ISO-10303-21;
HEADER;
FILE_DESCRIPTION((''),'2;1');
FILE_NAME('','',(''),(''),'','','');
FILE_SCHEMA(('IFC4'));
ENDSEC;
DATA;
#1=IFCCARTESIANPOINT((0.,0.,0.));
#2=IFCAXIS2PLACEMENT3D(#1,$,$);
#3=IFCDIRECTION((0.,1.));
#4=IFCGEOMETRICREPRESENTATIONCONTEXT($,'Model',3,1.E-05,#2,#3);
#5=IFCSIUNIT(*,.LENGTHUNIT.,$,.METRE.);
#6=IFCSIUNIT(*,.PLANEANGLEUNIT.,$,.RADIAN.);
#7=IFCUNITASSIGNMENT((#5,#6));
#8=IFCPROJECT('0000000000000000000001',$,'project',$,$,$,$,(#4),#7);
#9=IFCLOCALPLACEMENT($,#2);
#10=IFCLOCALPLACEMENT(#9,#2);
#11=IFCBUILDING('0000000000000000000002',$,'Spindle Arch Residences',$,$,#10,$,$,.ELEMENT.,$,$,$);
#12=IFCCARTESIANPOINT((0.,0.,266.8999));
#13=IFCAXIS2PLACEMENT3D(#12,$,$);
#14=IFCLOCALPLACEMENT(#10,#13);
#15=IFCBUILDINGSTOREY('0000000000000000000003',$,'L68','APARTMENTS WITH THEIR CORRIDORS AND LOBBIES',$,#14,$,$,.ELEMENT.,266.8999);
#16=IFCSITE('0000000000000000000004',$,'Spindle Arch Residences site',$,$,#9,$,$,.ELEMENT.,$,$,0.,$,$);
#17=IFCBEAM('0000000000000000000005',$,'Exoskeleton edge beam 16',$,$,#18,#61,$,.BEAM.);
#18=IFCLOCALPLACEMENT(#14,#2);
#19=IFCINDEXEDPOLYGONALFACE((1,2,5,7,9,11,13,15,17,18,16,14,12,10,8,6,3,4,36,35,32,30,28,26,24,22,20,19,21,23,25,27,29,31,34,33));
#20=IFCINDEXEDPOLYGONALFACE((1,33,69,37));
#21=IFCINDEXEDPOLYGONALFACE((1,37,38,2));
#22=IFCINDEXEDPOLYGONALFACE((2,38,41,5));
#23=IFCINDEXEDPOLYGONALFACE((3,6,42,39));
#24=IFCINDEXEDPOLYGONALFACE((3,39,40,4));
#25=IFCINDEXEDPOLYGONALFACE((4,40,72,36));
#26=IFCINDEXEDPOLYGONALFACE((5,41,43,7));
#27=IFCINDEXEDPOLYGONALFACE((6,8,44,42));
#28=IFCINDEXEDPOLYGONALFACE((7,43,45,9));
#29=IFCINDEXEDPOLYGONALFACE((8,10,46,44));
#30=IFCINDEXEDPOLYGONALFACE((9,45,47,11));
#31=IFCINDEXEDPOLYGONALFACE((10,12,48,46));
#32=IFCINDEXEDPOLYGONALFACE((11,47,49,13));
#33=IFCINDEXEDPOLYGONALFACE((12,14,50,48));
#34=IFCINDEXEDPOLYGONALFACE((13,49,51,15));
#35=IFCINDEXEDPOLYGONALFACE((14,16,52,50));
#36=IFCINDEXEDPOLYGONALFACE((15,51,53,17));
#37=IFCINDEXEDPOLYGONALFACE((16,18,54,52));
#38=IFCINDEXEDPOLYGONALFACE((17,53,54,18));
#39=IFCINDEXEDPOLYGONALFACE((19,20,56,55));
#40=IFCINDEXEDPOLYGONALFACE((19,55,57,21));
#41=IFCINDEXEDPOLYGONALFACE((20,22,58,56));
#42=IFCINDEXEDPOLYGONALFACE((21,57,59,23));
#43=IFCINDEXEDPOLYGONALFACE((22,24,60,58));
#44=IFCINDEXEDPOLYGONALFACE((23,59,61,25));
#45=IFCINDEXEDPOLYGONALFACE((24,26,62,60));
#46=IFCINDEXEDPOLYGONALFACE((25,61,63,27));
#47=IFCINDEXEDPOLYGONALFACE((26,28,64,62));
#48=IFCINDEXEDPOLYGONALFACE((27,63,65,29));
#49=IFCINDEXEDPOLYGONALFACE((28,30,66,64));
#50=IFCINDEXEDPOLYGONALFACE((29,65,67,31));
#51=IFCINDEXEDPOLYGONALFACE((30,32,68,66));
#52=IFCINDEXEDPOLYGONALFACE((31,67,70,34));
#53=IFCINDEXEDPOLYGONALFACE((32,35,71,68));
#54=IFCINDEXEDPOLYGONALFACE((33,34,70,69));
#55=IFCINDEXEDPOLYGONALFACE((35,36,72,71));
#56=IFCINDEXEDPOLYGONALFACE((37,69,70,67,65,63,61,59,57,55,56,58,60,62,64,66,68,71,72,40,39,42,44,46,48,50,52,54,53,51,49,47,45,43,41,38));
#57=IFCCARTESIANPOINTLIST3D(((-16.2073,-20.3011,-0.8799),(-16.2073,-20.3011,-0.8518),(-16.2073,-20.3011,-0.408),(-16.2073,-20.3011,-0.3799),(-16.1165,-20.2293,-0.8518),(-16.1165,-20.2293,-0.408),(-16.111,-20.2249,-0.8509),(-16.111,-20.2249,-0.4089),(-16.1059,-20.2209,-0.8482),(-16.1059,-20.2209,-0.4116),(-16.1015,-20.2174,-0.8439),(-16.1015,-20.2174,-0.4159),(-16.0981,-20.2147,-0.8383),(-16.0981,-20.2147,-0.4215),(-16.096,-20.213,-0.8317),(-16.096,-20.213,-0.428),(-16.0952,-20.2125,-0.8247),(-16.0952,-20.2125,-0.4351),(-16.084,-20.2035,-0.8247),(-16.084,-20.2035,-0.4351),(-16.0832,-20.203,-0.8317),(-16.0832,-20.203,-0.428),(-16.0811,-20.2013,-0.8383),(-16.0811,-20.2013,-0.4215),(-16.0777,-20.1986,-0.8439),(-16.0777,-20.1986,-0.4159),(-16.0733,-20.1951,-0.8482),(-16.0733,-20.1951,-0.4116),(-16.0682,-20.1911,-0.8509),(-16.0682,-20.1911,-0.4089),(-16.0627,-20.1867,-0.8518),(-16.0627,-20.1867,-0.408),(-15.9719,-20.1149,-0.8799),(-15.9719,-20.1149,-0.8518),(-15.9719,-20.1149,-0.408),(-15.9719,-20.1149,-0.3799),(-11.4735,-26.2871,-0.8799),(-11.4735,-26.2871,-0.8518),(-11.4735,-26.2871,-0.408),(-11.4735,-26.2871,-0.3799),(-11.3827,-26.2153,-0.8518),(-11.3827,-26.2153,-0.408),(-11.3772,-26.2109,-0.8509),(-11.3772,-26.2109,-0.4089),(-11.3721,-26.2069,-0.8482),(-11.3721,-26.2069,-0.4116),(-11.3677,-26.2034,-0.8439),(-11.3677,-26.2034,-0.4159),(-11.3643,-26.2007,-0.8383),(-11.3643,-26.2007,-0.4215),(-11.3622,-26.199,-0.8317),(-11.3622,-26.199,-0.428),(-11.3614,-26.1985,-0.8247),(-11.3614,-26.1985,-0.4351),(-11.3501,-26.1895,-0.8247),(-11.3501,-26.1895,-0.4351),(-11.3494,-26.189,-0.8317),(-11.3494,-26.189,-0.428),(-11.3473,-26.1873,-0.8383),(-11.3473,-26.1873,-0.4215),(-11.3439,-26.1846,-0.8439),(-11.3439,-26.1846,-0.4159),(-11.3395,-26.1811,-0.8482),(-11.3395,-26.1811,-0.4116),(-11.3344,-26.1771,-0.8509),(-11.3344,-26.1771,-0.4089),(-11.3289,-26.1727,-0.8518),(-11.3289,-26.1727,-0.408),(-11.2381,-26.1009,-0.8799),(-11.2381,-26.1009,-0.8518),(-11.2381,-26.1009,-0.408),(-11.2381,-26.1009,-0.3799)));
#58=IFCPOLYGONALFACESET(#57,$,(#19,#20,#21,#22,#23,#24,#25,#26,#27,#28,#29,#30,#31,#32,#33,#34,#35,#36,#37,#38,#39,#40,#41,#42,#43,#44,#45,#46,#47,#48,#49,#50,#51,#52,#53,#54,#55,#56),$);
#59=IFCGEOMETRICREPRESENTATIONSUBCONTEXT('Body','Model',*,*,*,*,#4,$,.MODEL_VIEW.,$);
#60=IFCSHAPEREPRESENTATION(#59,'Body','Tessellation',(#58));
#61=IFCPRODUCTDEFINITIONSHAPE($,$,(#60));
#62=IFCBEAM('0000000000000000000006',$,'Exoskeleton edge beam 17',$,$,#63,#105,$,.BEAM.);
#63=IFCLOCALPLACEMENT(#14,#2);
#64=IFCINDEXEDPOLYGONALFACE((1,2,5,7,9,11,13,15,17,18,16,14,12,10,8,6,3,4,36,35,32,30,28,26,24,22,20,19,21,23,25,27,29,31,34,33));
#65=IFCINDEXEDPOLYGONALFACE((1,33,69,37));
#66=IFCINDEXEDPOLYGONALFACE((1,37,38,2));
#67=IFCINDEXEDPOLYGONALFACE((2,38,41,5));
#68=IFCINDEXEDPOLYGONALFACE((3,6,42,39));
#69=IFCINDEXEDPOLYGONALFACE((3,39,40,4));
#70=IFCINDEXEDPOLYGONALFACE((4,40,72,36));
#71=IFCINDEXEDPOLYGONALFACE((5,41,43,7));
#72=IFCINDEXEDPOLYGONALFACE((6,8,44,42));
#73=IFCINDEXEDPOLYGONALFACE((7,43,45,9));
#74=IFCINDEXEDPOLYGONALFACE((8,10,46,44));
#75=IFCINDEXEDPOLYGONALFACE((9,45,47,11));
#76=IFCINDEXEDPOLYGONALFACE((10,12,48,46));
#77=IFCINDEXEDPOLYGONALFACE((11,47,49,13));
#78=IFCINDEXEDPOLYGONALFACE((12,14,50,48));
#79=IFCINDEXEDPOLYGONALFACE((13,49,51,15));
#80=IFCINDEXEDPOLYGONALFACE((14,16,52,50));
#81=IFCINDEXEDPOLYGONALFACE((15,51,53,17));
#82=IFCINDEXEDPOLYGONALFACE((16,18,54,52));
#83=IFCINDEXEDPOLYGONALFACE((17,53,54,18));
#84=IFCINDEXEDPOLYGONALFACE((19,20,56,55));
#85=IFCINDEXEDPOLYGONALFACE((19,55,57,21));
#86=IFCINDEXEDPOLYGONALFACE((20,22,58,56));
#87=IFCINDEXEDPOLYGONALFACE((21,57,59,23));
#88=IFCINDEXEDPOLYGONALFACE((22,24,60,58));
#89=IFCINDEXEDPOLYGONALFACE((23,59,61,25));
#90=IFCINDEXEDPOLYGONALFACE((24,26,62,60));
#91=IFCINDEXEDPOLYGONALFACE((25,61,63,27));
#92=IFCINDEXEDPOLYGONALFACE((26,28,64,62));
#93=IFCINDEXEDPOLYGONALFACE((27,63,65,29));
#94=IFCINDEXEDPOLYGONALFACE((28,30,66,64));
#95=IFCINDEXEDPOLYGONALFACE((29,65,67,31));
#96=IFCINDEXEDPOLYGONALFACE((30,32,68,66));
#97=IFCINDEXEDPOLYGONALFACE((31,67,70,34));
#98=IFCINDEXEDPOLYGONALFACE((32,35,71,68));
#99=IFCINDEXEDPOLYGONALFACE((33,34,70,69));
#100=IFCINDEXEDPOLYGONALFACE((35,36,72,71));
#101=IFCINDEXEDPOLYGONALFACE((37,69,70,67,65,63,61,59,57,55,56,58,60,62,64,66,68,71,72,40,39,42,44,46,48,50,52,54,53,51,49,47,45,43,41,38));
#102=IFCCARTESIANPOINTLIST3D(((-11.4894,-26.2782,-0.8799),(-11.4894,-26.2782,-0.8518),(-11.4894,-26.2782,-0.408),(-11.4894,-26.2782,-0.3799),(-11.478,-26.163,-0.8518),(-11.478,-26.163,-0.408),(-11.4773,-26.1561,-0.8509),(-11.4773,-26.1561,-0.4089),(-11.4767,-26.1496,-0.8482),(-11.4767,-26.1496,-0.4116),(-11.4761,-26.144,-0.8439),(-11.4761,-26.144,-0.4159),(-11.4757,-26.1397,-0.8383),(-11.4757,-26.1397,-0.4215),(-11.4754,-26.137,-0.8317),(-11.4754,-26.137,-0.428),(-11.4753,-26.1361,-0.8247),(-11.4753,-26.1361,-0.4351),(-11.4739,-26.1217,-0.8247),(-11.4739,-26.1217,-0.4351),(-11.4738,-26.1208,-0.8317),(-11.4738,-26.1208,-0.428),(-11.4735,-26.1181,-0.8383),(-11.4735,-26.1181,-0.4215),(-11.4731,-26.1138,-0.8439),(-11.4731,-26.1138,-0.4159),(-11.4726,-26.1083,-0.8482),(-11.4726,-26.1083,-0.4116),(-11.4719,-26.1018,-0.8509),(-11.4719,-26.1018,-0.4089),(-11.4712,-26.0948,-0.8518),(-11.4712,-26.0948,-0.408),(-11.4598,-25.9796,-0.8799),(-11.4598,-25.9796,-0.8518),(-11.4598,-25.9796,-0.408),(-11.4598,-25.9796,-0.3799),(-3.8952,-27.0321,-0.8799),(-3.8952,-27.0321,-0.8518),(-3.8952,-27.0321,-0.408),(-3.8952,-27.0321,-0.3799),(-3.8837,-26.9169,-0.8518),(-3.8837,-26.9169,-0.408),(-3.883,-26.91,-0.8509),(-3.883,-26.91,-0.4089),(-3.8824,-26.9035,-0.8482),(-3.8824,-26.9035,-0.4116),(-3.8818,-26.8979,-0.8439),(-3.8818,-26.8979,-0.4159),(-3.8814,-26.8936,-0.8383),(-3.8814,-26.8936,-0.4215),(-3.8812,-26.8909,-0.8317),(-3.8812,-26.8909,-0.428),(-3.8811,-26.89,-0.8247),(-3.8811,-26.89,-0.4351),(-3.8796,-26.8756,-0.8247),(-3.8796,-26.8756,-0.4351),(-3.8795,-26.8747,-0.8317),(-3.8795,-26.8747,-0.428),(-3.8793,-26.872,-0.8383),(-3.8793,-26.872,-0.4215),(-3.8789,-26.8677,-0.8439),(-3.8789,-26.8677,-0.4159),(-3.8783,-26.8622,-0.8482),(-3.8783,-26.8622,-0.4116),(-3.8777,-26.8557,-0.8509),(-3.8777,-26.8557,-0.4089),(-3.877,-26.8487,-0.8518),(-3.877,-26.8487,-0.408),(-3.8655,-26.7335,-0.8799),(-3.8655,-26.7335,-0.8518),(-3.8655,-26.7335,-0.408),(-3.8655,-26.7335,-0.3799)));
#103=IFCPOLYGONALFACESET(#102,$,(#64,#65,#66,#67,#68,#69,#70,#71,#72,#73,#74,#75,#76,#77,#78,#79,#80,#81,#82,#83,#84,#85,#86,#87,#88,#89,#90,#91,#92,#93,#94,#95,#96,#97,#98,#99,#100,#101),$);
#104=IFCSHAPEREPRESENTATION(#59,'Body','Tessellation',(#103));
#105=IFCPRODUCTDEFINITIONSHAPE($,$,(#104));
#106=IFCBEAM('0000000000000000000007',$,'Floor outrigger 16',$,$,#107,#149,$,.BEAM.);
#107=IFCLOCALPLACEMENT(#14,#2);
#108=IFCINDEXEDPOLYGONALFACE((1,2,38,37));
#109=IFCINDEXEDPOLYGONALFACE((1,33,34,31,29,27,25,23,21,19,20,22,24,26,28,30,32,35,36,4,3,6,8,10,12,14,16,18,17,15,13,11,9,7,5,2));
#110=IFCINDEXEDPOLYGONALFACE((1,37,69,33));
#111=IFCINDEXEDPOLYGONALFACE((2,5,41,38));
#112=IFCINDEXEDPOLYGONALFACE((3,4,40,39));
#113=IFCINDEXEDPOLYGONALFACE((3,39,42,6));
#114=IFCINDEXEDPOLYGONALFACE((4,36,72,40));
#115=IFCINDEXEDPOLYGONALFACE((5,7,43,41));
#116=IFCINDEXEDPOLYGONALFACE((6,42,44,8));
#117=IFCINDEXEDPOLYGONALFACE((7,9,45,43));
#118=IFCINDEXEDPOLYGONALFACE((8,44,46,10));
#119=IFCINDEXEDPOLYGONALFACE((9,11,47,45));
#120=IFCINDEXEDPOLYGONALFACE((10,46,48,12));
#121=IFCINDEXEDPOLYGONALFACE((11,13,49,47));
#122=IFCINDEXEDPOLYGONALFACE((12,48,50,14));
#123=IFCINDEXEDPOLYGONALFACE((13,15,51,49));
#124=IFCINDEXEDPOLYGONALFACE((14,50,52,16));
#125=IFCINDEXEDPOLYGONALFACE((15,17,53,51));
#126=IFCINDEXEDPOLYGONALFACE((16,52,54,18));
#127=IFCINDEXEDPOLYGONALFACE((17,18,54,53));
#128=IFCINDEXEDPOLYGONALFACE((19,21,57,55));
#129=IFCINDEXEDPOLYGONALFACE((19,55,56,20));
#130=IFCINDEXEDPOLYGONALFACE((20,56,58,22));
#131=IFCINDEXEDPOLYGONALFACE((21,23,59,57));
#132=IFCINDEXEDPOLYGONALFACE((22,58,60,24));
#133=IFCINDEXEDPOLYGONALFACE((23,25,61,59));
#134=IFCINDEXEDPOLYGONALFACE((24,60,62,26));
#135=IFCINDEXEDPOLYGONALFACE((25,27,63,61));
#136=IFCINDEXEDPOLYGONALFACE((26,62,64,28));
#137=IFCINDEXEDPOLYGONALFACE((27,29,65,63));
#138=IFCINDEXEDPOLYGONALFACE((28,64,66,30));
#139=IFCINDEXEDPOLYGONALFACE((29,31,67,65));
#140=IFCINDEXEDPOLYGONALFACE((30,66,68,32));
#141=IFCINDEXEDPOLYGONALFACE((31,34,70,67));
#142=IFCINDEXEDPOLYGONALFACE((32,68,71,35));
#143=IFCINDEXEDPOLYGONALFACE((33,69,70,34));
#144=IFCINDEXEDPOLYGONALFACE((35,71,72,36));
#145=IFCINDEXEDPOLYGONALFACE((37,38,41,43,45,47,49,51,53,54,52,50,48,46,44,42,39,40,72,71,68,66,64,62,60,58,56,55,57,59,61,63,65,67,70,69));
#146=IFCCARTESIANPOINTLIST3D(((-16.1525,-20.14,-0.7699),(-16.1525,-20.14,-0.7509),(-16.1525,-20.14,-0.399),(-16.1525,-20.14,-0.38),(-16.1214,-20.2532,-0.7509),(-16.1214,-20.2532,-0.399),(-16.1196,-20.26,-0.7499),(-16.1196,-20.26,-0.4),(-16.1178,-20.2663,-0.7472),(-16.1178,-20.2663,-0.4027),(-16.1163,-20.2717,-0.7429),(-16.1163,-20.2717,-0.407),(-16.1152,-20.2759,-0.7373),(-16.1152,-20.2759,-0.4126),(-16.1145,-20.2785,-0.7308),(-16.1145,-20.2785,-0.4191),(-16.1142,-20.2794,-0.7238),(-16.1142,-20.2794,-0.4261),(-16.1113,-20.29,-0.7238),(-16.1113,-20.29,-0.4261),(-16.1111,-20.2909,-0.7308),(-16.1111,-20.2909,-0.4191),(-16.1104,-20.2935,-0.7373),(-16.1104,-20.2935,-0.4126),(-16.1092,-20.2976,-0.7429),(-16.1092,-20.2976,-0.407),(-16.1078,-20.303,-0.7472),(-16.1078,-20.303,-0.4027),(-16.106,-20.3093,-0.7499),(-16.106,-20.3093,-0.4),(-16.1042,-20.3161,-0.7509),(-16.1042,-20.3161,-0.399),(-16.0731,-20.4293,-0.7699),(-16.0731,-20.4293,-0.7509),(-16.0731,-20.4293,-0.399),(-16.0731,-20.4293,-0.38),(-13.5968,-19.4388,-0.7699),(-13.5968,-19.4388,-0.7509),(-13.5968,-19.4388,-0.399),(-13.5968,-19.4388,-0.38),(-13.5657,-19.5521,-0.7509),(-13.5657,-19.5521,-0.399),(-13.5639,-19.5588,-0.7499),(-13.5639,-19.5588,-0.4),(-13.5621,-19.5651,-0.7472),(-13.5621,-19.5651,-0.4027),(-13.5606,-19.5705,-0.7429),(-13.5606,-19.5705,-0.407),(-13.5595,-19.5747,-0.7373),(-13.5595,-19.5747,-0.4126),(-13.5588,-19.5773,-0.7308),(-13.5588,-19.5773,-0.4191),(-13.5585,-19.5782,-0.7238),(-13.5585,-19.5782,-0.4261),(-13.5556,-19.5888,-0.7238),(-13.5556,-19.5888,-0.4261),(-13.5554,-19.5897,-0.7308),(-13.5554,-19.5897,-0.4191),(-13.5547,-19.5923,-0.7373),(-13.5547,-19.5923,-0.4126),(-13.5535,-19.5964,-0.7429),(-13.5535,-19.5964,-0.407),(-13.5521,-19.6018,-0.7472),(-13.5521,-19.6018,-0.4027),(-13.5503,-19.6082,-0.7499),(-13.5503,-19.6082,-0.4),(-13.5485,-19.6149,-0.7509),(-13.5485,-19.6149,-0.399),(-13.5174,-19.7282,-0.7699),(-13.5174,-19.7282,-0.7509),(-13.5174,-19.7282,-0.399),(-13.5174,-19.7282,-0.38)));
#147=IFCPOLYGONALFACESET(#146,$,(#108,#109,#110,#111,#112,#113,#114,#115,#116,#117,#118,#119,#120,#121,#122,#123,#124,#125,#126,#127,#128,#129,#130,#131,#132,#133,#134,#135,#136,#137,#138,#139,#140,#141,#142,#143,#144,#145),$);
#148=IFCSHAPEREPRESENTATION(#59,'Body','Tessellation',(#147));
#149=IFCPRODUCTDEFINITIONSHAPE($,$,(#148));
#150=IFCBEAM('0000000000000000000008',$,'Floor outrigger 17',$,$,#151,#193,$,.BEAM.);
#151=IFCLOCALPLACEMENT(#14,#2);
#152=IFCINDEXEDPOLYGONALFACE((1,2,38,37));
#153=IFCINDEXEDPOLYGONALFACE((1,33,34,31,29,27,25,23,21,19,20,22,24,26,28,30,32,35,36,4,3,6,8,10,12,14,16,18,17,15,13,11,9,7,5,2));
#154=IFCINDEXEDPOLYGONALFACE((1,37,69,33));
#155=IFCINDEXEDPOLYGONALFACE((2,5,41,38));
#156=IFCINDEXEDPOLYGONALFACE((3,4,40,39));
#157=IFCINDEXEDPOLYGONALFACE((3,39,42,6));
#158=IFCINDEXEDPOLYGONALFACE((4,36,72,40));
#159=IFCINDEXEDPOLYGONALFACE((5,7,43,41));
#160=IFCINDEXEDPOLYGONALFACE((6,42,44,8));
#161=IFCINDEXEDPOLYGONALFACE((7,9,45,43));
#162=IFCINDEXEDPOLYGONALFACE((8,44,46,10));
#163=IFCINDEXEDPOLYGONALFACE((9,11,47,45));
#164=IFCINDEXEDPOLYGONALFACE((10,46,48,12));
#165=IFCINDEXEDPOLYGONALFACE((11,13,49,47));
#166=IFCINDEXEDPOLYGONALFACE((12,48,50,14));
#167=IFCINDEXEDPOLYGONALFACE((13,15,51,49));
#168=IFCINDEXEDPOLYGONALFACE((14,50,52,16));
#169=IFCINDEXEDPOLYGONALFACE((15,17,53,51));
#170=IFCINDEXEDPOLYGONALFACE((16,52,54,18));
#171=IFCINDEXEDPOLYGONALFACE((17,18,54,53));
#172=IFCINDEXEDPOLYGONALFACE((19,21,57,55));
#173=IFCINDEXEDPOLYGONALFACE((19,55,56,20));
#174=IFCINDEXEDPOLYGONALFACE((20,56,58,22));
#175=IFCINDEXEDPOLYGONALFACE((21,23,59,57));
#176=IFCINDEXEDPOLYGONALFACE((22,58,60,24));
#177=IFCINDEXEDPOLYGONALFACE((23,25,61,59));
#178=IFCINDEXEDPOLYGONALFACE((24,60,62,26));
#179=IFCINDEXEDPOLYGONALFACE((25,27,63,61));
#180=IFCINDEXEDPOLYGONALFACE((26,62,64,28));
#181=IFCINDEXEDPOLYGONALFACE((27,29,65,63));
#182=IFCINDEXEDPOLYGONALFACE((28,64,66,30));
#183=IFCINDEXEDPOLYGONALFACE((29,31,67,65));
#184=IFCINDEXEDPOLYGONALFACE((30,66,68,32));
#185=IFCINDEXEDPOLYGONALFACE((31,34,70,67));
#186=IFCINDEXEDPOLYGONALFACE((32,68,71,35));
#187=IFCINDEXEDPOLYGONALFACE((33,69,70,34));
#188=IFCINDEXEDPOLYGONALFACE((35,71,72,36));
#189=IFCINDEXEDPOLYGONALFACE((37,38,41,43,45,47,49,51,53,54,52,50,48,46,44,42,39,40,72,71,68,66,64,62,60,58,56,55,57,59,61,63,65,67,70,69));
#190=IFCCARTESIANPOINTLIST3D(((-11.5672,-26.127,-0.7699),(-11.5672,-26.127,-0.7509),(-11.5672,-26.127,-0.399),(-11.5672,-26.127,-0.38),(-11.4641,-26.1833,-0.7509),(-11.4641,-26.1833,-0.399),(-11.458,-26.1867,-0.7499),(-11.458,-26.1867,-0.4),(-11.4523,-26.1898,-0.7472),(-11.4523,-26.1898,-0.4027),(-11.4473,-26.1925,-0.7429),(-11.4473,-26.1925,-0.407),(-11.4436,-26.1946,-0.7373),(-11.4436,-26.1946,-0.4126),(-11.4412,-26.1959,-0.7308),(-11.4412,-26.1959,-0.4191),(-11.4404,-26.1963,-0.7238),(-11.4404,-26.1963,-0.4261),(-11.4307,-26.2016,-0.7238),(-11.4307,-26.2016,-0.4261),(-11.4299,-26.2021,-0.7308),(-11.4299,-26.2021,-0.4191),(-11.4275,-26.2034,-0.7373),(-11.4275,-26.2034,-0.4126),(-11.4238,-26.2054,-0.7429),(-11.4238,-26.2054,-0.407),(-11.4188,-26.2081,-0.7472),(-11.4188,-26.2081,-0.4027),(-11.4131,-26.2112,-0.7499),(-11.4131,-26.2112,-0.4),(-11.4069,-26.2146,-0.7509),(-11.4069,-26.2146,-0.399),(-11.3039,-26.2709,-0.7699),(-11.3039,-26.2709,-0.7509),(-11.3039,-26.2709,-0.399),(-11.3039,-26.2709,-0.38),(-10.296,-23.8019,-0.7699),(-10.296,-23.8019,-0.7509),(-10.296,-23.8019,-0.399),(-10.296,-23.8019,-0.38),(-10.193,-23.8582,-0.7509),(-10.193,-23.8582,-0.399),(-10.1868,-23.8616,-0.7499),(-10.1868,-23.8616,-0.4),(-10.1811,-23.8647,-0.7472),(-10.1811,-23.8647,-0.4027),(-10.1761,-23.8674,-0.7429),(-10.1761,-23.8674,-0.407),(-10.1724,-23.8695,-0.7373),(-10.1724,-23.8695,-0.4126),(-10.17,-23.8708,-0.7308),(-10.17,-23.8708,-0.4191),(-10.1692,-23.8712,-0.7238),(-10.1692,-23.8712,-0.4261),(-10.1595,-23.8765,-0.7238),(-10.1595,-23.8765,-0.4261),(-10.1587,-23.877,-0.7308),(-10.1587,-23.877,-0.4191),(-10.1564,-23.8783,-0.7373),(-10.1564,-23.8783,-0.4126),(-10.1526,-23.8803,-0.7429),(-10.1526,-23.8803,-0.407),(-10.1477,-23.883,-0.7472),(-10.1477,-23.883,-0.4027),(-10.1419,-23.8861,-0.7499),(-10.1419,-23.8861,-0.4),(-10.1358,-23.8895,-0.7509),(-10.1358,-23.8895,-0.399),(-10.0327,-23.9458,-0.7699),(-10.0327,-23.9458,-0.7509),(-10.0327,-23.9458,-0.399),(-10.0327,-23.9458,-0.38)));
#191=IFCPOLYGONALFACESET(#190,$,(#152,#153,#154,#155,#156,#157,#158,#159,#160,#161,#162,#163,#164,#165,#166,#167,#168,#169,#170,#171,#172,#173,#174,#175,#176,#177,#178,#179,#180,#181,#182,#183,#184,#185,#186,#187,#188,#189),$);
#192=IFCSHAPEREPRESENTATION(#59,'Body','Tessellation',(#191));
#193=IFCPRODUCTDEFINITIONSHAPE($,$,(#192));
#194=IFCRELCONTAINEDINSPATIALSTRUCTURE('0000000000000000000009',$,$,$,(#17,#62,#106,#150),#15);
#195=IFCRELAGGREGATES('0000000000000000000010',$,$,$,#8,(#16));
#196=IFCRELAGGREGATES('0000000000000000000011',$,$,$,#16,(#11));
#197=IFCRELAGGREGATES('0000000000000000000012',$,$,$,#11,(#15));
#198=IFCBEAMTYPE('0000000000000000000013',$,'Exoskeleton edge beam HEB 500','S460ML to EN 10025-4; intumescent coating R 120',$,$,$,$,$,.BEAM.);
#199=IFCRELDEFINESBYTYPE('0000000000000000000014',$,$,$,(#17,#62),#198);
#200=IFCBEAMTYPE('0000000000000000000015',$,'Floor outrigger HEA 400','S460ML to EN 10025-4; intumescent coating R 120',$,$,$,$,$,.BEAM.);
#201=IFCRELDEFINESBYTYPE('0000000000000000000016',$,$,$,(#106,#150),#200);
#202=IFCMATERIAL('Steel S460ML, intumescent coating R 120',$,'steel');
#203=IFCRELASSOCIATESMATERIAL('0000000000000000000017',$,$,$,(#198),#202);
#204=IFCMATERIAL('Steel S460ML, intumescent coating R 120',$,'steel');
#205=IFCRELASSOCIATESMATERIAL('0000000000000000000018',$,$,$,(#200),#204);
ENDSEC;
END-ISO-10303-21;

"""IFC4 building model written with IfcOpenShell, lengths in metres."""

from ifc_helpers import new_model, si_unit, direction, frame, origin, origin_2d, place, context, subcontext, project, spatial, i_section, extrude, material, material_profile, profile_set, type_object, element, save


model = new_model("IFC4")

# Units and contexts
model_context = context("Model", 3, precision=1e-05, world=origin(), true_north=direction((0.0, 1.0)))
body_context = subcontext(model_context, "Body", "Model", "MODEL_VIEW")
ifc_project = project(units=[si_unit("LENGTHUNIT", "METRE"), si_unit("PLANEANGLEUNIT", "RADIAN")], contexts=[model_context])

# Site, building, storey
site_placement = place(None, origin())
site = spatial("IfcSite", under=ifc_project, at=site_placement, Name="Spindle Arch Residences site", CompositionType="ELEMENT", RefElevation=0.0)
building_placement = place(site_placement, origin())
building = spatial("IfcBuilding", under=site, at=building_placement, Name="Spindle Arch Residences", CompositionType="ELEMENT")
storey_placement = place(building_placement, frame((0.0, 0.0, 266.8999)))
storey = spatial("IfcBuildingStorey", under=building, at=storey_placement, Name="L68", Description="APARTMENTS WITH THEIR CORRIDORS AND LOBBIES", CompositionType="ELEMENT", Elevation=266.8999)

# Beams
ifc_material_1 = material(Name="Steel S460ML, intumescent coating R 120", Category="steel")
ifc_material_profile_1 = material_profile(ifc_material_1, i_section(OverallWidth=0.3, OverallDepth=0.5, WebThickness=0.0144, FlangeThickness=0.0281, FilletRadius=0.0271, at=origin_2d()), Name="HEB 500")
ifc_profile_set_1 = profile_set([ifc_material_profile_1], Name="Steel S460ML, intumescent coating R 120")
beam_type_1 = type_object("IfcBeamType", Name="Exoskeleton edge beam HEB 500", Description="S460ML to EN 10025-4; intumescent coating R 120", PredefinedType="BEAM", material=ifc_profile_set_1)
for number, where, z_axis, x_axis, name in (
    (1, (-16.0896, -20.208, -0.6299), (0.620292, -0.784371, 0.0), (0.784371, 0.620292, 0.0), "Exoskeleton edge beam 16"),
    (2, (-11.4746, -26.1289, -0.6299), (0.995109, -0.098788, 0.0), (0.098788, 0.995109, 0.0), "Exoskeleton edge beam 17"),
):
    element("IfcBeam", number, at=place(storey_placement, frame(where, z_axis=z_axis, x_axis=x_axis)), inside=storey, type_object=beam_type_1, Name=name, PredefinedType="BEAM", context=body_context, shape_type="SweptSolid", body=[
        extrude(i_section(OverallWidth=0.3, OverallDepth=0.5, WebThickness=0.0144, FlangeThickness=0.0281, FilletRadius=0.0271, at=origin_2d()), origin(), (0.0, 0.0, 1.0), 7.6316),
    ])
ifc_material_2 = material(Name="Steel S460ML, intumescent coating R 120", Category="steel")
ifc_material_profile_2 = material_profile(ifc_material_2, i_section(OverallWidth=0.3, OverallDepth=0.3899, WebThickness=0.011, FlangeThickness=0.019, FilletRadius=0.0271, at=origin_2d()), Name="HEA 400")
ifc_profile_set_2 = profile_set([ifc_material_profile_2], Name="Steel S460ML, intumescent coating R 120")
beam_type_2 = type_object("IfcBeamType", Name="Floor outrigger HEA 400", Description="S460ML to EN 10025-4; intumescent coating R 120", PredefinedType="BEAM", material=ifc_profile_set_2)
beam_1_placement = place(storey_placement, frame((-16.1128, -20.2847, -0.575), z_axis=(0.964363, 0.264583, 0.0), x_axis=(-0.264583, 0.964363, 0.0)))
element("IfcBeam", 3, at=beam_1_placement, inside=storey, type_object=beam_type_2, Name="Floor outrigger 16", PredefinedType="BEAM", context=body_context, shape_type="SweptSolid", body=[
    extrude(i_section(OverallWidth=0.3, OverallDepth=0.3899, WebThickness=0.011, FlangeThickness=0.019, FilletRadius=0.0271, at=origin_2d()), origin(), (0.0, 0.0, 1.0), 2.6501),
])
beam_2_placement = place(storey_placement, frame((-11.4355, -26.199, -0.575), z_axis=(0.47971, 0.877427, 0.0), x_axis=(-0.877427, 0.47971, 0.0)))
element("IfcBeam", 4, at=beam_2_placement, inside=storey, type_object=beam_type_2, Name="Floor outrigger 17", PredefinedType="BEAM", context=body_context, shape_type="SweptSolid", body=[
    extrude(i_section(OverallWidth=0.3, OverallDepth=0.3899, WebThickness=0.011, FlangeThickness=0.019, FilletRadius=0.0271, at=origin_2d()), origin(), (0.0, 0.0, 1.0), 2.6499),
])

save(model, "model.ifc")
